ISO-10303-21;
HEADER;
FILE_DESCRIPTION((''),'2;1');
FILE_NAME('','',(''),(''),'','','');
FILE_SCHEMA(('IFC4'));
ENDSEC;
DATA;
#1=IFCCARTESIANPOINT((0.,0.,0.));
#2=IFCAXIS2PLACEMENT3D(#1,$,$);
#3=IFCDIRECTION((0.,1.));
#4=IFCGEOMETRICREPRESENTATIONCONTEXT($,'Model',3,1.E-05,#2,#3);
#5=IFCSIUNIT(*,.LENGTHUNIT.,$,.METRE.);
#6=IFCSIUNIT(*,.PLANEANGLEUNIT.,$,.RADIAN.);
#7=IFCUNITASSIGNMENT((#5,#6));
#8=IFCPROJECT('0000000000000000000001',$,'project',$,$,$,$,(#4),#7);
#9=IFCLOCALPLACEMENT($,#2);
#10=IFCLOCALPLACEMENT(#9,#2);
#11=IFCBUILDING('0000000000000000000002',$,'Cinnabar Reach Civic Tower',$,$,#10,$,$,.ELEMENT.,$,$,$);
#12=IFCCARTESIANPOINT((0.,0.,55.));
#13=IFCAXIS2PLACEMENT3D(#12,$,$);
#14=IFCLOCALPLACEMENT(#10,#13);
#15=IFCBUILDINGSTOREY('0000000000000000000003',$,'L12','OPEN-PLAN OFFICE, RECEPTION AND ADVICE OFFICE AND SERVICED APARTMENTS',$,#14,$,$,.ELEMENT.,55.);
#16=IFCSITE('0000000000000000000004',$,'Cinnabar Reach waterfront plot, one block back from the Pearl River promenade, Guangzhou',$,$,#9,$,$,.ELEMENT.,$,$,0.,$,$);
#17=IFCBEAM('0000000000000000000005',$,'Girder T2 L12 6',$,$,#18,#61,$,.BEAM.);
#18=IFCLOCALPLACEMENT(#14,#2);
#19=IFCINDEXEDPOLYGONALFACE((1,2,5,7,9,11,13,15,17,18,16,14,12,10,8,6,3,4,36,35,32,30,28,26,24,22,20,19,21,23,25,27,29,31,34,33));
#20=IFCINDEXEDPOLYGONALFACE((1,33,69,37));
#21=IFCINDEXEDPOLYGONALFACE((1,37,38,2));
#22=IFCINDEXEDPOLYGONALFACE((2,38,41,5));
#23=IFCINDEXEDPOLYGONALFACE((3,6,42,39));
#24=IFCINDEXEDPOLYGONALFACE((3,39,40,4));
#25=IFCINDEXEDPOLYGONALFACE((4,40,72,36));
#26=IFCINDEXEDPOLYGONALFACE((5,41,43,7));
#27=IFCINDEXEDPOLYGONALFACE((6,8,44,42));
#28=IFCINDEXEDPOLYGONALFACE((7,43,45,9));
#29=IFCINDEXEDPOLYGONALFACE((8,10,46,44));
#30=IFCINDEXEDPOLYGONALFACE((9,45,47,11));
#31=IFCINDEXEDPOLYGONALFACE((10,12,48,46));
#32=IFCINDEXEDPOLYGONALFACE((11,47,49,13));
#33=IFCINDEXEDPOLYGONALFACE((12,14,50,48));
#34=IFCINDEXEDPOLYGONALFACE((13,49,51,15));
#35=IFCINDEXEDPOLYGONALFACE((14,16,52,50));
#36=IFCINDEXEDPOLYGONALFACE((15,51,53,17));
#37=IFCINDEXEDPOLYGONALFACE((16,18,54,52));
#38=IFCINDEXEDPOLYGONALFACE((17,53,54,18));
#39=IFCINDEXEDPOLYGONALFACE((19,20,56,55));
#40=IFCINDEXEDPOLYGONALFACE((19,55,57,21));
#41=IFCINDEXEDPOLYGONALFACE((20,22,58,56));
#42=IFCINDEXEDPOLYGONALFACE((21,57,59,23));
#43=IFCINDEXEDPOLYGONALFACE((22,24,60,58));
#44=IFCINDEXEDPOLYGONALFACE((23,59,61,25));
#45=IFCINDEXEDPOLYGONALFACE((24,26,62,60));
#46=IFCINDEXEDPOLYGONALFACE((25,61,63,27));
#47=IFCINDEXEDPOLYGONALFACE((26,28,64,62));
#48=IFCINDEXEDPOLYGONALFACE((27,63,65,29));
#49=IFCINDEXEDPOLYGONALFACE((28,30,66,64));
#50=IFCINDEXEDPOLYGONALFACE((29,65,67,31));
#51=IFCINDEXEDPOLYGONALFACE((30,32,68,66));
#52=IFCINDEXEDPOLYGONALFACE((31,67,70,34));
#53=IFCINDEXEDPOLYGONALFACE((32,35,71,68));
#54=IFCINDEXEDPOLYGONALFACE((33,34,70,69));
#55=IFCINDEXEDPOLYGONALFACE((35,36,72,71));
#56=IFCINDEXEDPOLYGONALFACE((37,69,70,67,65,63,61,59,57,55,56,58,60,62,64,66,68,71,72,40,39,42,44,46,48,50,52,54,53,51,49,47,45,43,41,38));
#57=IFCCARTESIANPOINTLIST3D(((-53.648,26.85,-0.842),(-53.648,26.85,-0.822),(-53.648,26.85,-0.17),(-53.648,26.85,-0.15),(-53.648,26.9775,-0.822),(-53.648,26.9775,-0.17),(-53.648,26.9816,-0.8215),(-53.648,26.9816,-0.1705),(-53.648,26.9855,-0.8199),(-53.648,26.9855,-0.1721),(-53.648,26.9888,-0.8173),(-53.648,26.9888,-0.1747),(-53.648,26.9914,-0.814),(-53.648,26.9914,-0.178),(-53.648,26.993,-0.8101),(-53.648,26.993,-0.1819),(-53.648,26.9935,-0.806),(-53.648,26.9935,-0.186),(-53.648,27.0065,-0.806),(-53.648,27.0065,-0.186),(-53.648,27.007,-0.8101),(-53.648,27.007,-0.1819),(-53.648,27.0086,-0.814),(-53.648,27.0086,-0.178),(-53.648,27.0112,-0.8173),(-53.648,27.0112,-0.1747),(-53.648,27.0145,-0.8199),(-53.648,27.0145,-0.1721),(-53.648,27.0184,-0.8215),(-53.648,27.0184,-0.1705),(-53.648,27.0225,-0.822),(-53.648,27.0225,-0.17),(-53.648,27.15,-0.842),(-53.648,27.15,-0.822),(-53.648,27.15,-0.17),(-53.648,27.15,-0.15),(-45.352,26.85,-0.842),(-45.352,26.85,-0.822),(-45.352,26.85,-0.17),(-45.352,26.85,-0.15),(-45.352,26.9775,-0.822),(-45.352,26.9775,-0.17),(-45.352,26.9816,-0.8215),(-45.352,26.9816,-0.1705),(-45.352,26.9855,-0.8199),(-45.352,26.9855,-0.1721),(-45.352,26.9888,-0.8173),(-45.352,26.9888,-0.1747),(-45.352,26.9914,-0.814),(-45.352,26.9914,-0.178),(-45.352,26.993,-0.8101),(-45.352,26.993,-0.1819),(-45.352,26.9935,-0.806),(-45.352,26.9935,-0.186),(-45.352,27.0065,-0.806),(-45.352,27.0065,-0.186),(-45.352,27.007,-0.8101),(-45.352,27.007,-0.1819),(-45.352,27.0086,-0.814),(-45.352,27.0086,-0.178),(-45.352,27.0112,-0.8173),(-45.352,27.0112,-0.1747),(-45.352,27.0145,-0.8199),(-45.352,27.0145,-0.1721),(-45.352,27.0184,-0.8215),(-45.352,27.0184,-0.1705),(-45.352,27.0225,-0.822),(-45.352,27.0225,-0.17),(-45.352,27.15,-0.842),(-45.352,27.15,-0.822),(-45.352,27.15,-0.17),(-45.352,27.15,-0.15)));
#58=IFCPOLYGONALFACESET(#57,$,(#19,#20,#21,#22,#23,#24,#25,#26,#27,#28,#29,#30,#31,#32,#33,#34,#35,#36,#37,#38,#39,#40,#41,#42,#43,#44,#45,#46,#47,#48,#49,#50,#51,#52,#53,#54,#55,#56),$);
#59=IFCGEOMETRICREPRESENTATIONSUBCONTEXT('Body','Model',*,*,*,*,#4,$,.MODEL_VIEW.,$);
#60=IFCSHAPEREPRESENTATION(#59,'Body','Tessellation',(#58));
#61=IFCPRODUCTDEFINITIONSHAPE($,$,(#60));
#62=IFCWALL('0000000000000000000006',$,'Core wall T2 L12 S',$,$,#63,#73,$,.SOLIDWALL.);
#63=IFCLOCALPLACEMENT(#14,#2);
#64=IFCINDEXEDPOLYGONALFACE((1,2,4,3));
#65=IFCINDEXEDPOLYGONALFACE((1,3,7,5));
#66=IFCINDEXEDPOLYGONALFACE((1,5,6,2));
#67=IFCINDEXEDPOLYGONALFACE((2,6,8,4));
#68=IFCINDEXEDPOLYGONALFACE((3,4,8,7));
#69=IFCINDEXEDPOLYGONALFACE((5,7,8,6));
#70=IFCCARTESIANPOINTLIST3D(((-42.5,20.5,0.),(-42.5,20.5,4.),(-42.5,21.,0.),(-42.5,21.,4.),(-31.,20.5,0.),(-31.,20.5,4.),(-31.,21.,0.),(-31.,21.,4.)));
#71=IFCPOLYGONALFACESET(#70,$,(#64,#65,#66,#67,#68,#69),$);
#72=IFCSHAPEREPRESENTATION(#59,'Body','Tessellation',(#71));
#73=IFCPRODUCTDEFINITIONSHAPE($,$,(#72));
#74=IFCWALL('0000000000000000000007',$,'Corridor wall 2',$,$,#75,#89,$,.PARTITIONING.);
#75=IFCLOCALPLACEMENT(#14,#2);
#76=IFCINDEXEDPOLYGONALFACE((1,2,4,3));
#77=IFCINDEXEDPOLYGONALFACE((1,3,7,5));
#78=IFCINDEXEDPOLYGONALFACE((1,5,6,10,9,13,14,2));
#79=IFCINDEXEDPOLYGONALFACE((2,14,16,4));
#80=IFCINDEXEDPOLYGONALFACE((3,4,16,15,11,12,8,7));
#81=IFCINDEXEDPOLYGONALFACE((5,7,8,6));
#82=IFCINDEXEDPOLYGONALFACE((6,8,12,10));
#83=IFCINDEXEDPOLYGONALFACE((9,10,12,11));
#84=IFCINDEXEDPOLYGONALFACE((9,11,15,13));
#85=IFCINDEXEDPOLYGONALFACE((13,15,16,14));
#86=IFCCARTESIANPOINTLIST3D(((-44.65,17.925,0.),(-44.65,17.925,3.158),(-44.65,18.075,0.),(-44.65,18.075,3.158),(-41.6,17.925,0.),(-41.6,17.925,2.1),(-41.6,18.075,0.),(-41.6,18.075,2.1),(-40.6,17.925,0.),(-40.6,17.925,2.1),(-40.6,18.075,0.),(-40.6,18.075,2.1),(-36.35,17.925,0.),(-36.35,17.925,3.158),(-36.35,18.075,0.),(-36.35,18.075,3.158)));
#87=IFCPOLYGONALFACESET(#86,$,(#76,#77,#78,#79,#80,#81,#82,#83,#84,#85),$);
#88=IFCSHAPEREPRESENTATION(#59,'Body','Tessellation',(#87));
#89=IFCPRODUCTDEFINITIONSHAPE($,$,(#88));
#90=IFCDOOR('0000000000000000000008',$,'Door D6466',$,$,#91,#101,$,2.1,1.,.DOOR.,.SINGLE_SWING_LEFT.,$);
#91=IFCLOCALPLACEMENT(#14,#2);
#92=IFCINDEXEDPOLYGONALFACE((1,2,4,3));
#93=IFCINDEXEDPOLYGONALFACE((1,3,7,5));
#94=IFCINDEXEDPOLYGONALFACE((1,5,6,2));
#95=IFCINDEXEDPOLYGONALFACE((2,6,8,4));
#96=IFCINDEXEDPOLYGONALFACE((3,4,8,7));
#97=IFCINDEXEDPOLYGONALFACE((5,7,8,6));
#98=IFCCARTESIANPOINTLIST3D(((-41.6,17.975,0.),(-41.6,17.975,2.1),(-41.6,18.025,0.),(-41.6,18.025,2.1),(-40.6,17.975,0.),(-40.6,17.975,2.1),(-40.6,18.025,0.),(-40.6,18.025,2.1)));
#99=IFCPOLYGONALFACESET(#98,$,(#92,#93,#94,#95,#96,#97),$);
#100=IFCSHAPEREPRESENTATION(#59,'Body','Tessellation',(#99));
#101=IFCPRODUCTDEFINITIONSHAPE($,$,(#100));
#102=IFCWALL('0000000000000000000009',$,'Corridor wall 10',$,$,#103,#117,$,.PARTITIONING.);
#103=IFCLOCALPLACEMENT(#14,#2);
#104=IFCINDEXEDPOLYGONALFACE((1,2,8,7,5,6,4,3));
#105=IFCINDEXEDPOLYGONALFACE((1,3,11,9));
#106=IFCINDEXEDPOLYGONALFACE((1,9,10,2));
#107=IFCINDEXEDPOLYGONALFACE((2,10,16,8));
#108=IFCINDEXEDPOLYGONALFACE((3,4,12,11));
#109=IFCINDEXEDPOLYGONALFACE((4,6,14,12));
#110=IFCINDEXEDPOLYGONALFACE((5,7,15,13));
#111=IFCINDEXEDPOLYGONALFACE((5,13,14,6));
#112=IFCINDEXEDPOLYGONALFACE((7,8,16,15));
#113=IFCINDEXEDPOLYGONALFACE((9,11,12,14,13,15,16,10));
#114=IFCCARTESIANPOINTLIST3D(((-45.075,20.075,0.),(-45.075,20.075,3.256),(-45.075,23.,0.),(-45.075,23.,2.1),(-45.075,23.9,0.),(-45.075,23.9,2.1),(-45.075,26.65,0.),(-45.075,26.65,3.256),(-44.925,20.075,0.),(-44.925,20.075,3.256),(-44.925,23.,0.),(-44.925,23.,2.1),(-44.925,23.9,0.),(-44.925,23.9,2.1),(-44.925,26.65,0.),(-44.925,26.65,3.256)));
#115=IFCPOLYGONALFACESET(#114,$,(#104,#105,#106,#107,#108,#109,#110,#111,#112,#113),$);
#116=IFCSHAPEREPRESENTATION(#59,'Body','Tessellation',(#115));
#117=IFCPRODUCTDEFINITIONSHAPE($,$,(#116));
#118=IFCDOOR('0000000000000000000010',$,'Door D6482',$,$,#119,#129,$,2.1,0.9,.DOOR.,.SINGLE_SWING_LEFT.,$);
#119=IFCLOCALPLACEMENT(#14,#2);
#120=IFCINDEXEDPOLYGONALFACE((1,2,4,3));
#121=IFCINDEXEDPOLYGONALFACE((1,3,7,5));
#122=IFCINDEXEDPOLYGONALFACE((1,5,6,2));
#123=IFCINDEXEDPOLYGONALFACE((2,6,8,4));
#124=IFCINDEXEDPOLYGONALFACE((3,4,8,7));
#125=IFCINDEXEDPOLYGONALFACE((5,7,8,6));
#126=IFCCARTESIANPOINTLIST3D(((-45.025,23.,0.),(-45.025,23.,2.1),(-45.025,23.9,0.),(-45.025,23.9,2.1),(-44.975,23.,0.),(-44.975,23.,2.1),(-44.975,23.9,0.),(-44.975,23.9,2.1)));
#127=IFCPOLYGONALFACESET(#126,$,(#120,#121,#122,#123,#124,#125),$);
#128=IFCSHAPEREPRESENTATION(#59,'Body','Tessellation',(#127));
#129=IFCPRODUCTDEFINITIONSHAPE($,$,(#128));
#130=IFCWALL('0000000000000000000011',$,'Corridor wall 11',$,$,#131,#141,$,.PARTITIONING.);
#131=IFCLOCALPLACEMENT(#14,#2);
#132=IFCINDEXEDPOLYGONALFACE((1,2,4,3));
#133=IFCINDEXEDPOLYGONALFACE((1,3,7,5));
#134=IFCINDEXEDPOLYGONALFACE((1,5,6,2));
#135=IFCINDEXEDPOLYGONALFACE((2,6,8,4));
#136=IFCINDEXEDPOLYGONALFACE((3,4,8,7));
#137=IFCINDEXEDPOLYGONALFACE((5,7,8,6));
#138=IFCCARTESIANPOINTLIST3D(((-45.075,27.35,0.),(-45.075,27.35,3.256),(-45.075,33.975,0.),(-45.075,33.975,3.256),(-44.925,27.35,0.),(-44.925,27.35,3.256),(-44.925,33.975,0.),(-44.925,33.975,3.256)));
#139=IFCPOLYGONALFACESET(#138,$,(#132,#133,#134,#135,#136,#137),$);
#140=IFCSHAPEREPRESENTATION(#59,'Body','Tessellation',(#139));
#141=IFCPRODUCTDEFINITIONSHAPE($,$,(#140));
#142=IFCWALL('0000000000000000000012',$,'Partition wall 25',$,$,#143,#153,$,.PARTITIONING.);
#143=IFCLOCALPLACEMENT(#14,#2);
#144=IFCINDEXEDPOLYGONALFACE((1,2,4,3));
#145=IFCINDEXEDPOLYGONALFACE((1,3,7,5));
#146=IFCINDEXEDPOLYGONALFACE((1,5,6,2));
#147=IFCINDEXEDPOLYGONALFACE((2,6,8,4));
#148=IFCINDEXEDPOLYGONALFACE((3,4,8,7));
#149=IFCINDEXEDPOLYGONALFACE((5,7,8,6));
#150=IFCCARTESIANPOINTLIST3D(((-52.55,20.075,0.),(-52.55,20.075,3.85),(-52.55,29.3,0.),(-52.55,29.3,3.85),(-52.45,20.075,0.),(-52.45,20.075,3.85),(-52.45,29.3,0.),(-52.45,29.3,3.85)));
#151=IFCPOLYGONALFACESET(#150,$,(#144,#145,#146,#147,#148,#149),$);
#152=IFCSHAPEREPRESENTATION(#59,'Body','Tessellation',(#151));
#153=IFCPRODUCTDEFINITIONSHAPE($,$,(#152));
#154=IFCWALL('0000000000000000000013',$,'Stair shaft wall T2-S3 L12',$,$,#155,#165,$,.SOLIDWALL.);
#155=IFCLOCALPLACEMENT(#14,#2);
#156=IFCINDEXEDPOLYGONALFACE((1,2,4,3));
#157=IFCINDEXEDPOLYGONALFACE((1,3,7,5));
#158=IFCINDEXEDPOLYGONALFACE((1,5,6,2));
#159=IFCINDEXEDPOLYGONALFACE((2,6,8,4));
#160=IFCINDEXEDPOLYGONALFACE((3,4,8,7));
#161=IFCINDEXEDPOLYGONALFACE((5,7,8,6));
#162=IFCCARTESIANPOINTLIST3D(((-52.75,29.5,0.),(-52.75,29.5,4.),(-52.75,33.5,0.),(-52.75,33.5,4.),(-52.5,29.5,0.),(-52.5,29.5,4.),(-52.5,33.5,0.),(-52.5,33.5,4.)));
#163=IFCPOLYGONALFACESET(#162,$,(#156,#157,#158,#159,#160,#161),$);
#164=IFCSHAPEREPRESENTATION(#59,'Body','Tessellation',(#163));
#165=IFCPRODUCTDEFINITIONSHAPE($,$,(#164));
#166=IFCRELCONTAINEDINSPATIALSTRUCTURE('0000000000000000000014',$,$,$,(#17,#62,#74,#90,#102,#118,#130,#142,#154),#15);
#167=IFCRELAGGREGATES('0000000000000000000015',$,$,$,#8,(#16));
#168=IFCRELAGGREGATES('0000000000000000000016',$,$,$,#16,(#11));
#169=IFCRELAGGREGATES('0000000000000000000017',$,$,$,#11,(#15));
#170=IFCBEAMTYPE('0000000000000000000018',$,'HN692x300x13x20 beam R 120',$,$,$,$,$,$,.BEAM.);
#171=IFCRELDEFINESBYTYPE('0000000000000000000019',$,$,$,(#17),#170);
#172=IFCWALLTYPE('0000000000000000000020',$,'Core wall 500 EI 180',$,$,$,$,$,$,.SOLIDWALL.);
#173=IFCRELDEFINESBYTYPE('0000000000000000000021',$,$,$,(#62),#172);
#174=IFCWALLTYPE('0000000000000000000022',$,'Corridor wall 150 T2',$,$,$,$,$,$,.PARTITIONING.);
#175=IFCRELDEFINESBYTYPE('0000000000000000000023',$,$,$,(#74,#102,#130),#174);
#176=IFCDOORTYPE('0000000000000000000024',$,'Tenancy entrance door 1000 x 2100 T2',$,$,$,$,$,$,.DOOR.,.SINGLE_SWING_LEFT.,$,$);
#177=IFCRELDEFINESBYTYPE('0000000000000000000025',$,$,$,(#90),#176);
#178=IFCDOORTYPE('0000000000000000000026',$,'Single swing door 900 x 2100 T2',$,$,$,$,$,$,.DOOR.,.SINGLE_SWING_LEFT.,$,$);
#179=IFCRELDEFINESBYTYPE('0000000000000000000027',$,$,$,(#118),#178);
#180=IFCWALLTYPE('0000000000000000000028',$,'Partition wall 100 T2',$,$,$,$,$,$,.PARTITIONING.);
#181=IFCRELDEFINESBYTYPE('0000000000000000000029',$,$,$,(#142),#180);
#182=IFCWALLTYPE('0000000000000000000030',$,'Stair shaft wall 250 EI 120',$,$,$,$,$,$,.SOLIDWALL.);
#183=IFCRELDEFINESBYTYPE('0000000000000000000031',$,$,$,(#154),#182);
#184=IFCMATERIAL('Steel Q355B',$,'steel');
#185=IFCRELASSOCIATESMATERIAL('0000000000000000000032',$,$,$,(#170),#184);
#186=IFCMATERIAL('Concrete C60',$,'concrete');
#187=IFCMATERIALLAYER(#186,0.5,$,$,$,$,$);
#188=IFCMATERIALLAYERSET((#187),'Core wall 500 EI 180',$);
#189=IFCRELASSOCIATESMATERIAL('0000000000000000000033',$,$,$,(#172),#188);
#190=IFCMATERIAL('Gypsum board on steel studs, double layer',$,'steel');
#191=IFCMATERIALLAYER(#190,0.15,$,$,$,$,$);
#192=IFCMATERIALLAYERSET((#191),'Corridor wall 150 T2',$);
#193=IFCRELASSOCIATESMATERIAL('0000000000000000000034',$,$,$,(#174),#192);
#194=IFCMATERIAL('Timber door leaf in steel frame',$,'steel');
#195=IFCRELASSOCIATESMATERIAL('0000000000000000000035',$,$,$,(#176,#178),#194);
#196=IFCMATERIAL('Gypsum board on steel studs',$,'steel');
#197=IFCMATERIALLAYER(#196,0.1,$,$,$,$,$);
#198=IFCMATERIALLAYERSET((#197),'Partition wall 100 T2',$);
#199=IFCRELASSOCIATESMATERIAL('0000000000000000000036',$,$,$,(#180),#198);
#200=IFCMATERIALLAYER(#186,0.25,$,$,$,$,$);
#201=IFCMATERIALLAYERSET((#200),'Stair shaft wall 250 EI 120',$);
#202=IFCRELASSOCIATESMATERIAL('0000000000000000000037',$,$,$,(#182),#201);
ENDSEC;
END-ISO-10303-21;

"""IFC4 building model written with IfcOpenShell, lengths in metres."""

from ifc_helpers import new_model, si_unit, direction, frame, frame_2d, origin, origin_2d, place, context, subcontext, project, spatial, rectangle, i_section, extrude, material, layer, layer_set, material_profile, profile_set, type_object, element, fill, save


model = new_model("IFC4")

# Units and contexts
model_context = context("Model", 3, precision=1e-05, world=origin(), true_north=direction((0.0, 1.0)))
body_context = subcontext(model_context, "Body", "Model", "MODEL_VIEW")
ifc_project = project(units=[si_unit("LENGTHUNIT", "METRE"), si_unit("PLANEANGLEUNIT", "RADIAN")], contexts=[model_context])

# Site, building, storey
site_placement = place(None, origin())
site = spatial("IfcSite", under=ifc_project, at=site_placement, Name="Cinnabar Reach waterfront plot, one block back from the Pearl River promenade, Guangzhou", CompositionType="ELEMENT", RefElevation=0.0)
building_placement = place(site_placement, origin())
building = spatial("IfcBuilding", under=site, at=building_placement, Name="Cinnabar Reach Civic Tower", CompositionType="ELEMENT")
storey_placement = place(building_placement, frame((0.0, 0.0, 55.0)))
storey = spatial("IfcBuildingStorey", under=building, at=storey_placement, Name="L12", Description="OPEN-PLAN OFFICE, RECEPTION AND ADVICE OFFICE AND SERVICED APARTMENTS", CompositionType="ELEMENT", Elevation=55.0)

# Shared definitions
ifc_material_1 = material(Name="Concrete C60", Category="concrete")

# Beam
ifc_material_2 = material(Name="Steel Q355B", Category="steel")
ifc_material_profile_1 = material_profile(ifc_material_2, i_section(OverallWidth=0.3, OverallDepth=0.692, WebThickness=0.013, FlangeThickness=0.02, FilletRadius=0.016, at=origin_2d()), Name="HN692x300x13x20")
ifc_profile_set_1 = profile_set([ifc_material_profile_1], Name="Steel Q355B")
beam_type_1 = type_object("IfcBeamType", Name="HN692x300x13x20 beam R 120", PredefinedType="BEAM", material=ifc_profile_set_1)
for number, where, z_axis, x_axis, name in (
    (1, (-53.648, 27.0, -0.496), (1.0, 0.0, 0.0), (0.0, 1.0, 0.0), "Girder T2 L12 6"),
):
    element("IfcBeam", number, at=place(storey_placement, frame(where, z_axis=z_axis, x_axis=x_axis)), inside=storey, type_object=beam_type_1, Name=name, PredefinedType="BEAM", context=body_context, shape_type="SweptSolid", body=[
        extrude(i_section(OverallWidth=0.3, OverallDepth=0.692, WebThickness=0.013, FlangeThickness=0.02, FilletRadius=0.016, at=origin_2d()), origin(), (0.0, 0.0, 1.0), 8.296),
    ])

# Wall
ifc_layer_1 = layer(ifc_material_1, 0.5)
ifc_layer_set_1 = layer_set([ifc_layer_1], Name="Core wall 500 EI 180")
wall_type_1 = type_object("IfcWallType", Name="Core wall 500 EI 180", PredefinedType="SOLIDWALL", material=ifc_layer_set_1)
wall_1_placement = place(storey_placement, frame((-42.5, 20.75, 0.0), z_axis=(0.0, 0.0, 1.0), x_axis=(1.0, 0.0, 0.0)))
element("IfcWall", 2, at=wall_1_placement, inside=storey, type_object=wall_type_1, Name="Core wall T2 L12 S", PredefinedType="SOLIDWALL", context=body_context, shape_type="SweptSolid", body=[
    extrude(rectangle(XDim=11.5, YDim=0.5, at=frame_2d((5.75, 0.0))), origin(), (0.0, 0.0, 1.0), 4.0),
])

# Walls, openings, doors
ifc_material_3 = material(Name="Gypsum board on steel studs, double layer", Category="steel")
ifc_layer_2 = layer(ifc_material_3, 0.15)
ifc_layer_set_2 = layer_set([ifc_layer_2], Name="Corridor wall 150 T2")
wall_type_2 = type_object("IfcWallType", Name="Corridor wall 150 T2", PredefinedType="PARTITIONING", material=ifc_layer_set_2)
wall_2_placement = place(storey_placement, frame((-44.65, 18.0, 0.0), z_axis=(0.0, 0.0, 1.0), x_axis=(1.0, 0.0, 0.0)))
wall_2 = element("IfcWall", 3, at=wall_2_placement, inside=storey, type_object=wall_type_2, Name="Corridor wall 2", PredefinedType="PARTITIONING", context=body_context, shape_type="SweptSolid", body=[
    extrude(rectangle(XDim=8.3, YDim=0.15, at=frame_2d((4.15, 0.0))), origin(), (0.0, 0.0, 1.0), 3.158),
])
opening_1_placement = place(wall_2_placement, frame((3.05, 0.0, 0.0)))
opening_1 = element("IfcOpeningElement", 4, at=opening_1_placement, cuts=wall_2, PredefinedType="OPENING", context=body_context, shape_type="SweptSolid", body=[
    extrude(rectangle(XDim=1.0, YDim=2.1, at=frame_2d((0.5, 1.05))), frame((0.0, 0.085, 0.0), z_axis=(0.0, -1.0, 0.0), x_axis=(1.0, 0.0, 0.0)), (0.0, 0.0, 1.0), 0.17),
])
ifc_material_4 = material(Name="Timber door leaf in steel frame", Category="steel")
door_type_1 = type_object("IfcDoorType", Name="Tenancy entrance door 1000 x 2100 T2", OperationType="SINGLE_SWING_LEFT", PredefinedType="DOOR", material=ifc_material_4)
door_1_placement = place(opening_1_placement, frame((1.0, 0.0, 0.0), z_axis=(0.0, 0.0, 1.0), x_axis=(-1.0, 0.0, 0.0)))
door_1 = element("IfcDoor", 5, at=door_1_placement, inside=storey, type_object=door_type_1, Name="Door D6466", OperationType="SINGLE_SWING_LEFT", OverallHeight=2.1, OverallWidth=1.0, PredefinedType="DOOR", context=body_context, shape_type="SweptSolid", body=[
    extrude(rectangle(XDim=1.0, YDim=2.1, at=frame_2d((0.5, 1.05))), frame((0.0, 0.025, 0.0), z_axis=(0.0, -1.0, 0.0), x_axis=(1.0, 0.0, 0.0)), (0.0, 0.0, 1.0), 0.05),
])
fill(opening_1, door_1)
wall_3_placement = place(storey_placement, frame((-45.0, 20.075, 0.0), z_axis=(0.0, 0.0, 1.0), x_axis=(0.0, 1.0, 0.0)))
wall_3 = element("IfcWall", 6, at=wall_3_placement, inside=storey, type_object=wall_type_2, Name="Corridor wall 10", PredefinedType="PARTITIONING", context=body_context, shape_type="SweptSolid", body=[
    extrude(rectangle(XDim=6.575, YDim=0.15, at=frame_2d((3.2875, 0.0))), origin(), (0.0, 0.0, 1.0), 3.256),
])
opening_2_placement = place(wall_3_placement, frame((2.925, 0.0, 0.0)))
opening_2 = element("IfcOpeningElement", 7, at=opening_2_placement, cuts=wall_3, PredefinedType="OPENING", context=body_context, shape_type="SweptSolid", body=[
    extrude(rectangle(XDim=0.9, YDim=2.1, at=frame_2d((0.45, 1.05))), frame((0.0, 0.085, 0.0), z_axis=(0.0, -1.0, 0.0), x_axis=(1.0, 0.0, 0.0)), (0.0, 0.0, 1.0), 0.17),
])
door_type_2 = type_object("IfcDoorType", Name="Single swing door 900 x 2100 T2", OperationType="SINGLE_SWING_LEFT", PredefinedType="DOOR", material=ifc_material_4)
door_2_placement = place(opening_2_placement, origin())
door_2 = element("IfcDoor", 8, at=door_2_placement, inside=storey, type_object=door_type_2, Name="Door D6482", OperationType="SINGLE_SWING_LEFT", OverallHeight=2.1, OverallWidth=0.9, PredefinedType="DOOR", context=body_context, shape_type="SweptSolid", body=[
    extrude(rectangle(XDim=0.9, YDim=2.1, at=frame_2d((0.45, 1.05))), frame((0.0, 0.025, 0.0), z_axis=(0.0, -1.0, 0.0), x_axis=(1.0, 0.0, 0.0)), (0.0, 0.0, 1.0), 0.05),
])
fill(opening_2, door_2)

# Walls
wall_4_placement = place(storey_placement, frame((-45.0, 27.35, 0.0), z_axis=(0.0, 0.0, 1.0), x_axis=(0.0, 1.0, 0.0)))
element("IfcWall", 9, at=wall_4_placement, inside=storey, type_object=wall_type_2, Name="Corridor wall 11", PredefinedType="PARTITIONING", context=body_context, shape_type="SweptSolid", body=[
    extrude(rectangle(XDim=6.625, YDim=0.15, at=frame_2d((3.3125, 0.0))), origin(), (0.0, 0.0, 1.0), 3.256),
])
ifc_material_5 = material(Name="Gypsum board on steel studs", Category="steel")
ifc_layer_3 = layer(ifc_material_5, 0.1)
ifc_layer_set_3 = layer_set([ifc_layer_3], Name="Partition wall 100 T2")
wall_type_3 = type_object("IfcWallType", Name="Partition wall 100 T2", PredefinedType="PARTITIONING", material=ifc_layer_set_3)
wall_5_placement = place(storey_placement, frame((-52.5, 20.075, 0.0), z_axis=(0.0, 0.0, 1.0), x_axis=(0.0, 1.0, 0.0)))
element("IfcWall", 10, at=wall_5_placement, inside=storey, type_object=wall_type_3, Name="Partition wall 25", PredefinedType="PARTITIONING", context=body_context, shape_type="SweptSolid", body=[
    extrude(rectangle(XDim=9.225, YDim=0.1, at=frame_2d((4.6125, 0.0))), origin(), (0.0, 0.0, 1.0), 3.85),
])
ifc_layer_4 = layer(ifc_material_1, 0.25)
ifc_layer_set_4 = layer_set([ifc_layer_4], Name="Stair shaft wall 250 EI 120")
wall_type_4 = type_object("IfcWallType", Name="Stair shaft wall 250 EI 120", PredefinedType="SOLIDWALL", material=ifc_layer_set_4)
wall_6_placement = place(storey_placement, frame((-52.625, 29.5, 0.0), z_axis=(0.0, 0.0, 1.0), x_axis=(0.0, 1.0, 0.0)))
element("IfcWall", 11, at=wall_6_placement, inside=storey, type_object=wall_type_4, Name="Stair shaft wall T2-S3 L12", PredefinedType="SOLIDWALL", context=body_context, shape_type="SweptSolid", body=[
    extrude(rectangle(XDim=4.0, YDim=0.25, at=frame_2d((2.0, 0.0))), origin(), (0.0, 0.0, 1.0), 4.0),
])

save(model, "model.ifc")
